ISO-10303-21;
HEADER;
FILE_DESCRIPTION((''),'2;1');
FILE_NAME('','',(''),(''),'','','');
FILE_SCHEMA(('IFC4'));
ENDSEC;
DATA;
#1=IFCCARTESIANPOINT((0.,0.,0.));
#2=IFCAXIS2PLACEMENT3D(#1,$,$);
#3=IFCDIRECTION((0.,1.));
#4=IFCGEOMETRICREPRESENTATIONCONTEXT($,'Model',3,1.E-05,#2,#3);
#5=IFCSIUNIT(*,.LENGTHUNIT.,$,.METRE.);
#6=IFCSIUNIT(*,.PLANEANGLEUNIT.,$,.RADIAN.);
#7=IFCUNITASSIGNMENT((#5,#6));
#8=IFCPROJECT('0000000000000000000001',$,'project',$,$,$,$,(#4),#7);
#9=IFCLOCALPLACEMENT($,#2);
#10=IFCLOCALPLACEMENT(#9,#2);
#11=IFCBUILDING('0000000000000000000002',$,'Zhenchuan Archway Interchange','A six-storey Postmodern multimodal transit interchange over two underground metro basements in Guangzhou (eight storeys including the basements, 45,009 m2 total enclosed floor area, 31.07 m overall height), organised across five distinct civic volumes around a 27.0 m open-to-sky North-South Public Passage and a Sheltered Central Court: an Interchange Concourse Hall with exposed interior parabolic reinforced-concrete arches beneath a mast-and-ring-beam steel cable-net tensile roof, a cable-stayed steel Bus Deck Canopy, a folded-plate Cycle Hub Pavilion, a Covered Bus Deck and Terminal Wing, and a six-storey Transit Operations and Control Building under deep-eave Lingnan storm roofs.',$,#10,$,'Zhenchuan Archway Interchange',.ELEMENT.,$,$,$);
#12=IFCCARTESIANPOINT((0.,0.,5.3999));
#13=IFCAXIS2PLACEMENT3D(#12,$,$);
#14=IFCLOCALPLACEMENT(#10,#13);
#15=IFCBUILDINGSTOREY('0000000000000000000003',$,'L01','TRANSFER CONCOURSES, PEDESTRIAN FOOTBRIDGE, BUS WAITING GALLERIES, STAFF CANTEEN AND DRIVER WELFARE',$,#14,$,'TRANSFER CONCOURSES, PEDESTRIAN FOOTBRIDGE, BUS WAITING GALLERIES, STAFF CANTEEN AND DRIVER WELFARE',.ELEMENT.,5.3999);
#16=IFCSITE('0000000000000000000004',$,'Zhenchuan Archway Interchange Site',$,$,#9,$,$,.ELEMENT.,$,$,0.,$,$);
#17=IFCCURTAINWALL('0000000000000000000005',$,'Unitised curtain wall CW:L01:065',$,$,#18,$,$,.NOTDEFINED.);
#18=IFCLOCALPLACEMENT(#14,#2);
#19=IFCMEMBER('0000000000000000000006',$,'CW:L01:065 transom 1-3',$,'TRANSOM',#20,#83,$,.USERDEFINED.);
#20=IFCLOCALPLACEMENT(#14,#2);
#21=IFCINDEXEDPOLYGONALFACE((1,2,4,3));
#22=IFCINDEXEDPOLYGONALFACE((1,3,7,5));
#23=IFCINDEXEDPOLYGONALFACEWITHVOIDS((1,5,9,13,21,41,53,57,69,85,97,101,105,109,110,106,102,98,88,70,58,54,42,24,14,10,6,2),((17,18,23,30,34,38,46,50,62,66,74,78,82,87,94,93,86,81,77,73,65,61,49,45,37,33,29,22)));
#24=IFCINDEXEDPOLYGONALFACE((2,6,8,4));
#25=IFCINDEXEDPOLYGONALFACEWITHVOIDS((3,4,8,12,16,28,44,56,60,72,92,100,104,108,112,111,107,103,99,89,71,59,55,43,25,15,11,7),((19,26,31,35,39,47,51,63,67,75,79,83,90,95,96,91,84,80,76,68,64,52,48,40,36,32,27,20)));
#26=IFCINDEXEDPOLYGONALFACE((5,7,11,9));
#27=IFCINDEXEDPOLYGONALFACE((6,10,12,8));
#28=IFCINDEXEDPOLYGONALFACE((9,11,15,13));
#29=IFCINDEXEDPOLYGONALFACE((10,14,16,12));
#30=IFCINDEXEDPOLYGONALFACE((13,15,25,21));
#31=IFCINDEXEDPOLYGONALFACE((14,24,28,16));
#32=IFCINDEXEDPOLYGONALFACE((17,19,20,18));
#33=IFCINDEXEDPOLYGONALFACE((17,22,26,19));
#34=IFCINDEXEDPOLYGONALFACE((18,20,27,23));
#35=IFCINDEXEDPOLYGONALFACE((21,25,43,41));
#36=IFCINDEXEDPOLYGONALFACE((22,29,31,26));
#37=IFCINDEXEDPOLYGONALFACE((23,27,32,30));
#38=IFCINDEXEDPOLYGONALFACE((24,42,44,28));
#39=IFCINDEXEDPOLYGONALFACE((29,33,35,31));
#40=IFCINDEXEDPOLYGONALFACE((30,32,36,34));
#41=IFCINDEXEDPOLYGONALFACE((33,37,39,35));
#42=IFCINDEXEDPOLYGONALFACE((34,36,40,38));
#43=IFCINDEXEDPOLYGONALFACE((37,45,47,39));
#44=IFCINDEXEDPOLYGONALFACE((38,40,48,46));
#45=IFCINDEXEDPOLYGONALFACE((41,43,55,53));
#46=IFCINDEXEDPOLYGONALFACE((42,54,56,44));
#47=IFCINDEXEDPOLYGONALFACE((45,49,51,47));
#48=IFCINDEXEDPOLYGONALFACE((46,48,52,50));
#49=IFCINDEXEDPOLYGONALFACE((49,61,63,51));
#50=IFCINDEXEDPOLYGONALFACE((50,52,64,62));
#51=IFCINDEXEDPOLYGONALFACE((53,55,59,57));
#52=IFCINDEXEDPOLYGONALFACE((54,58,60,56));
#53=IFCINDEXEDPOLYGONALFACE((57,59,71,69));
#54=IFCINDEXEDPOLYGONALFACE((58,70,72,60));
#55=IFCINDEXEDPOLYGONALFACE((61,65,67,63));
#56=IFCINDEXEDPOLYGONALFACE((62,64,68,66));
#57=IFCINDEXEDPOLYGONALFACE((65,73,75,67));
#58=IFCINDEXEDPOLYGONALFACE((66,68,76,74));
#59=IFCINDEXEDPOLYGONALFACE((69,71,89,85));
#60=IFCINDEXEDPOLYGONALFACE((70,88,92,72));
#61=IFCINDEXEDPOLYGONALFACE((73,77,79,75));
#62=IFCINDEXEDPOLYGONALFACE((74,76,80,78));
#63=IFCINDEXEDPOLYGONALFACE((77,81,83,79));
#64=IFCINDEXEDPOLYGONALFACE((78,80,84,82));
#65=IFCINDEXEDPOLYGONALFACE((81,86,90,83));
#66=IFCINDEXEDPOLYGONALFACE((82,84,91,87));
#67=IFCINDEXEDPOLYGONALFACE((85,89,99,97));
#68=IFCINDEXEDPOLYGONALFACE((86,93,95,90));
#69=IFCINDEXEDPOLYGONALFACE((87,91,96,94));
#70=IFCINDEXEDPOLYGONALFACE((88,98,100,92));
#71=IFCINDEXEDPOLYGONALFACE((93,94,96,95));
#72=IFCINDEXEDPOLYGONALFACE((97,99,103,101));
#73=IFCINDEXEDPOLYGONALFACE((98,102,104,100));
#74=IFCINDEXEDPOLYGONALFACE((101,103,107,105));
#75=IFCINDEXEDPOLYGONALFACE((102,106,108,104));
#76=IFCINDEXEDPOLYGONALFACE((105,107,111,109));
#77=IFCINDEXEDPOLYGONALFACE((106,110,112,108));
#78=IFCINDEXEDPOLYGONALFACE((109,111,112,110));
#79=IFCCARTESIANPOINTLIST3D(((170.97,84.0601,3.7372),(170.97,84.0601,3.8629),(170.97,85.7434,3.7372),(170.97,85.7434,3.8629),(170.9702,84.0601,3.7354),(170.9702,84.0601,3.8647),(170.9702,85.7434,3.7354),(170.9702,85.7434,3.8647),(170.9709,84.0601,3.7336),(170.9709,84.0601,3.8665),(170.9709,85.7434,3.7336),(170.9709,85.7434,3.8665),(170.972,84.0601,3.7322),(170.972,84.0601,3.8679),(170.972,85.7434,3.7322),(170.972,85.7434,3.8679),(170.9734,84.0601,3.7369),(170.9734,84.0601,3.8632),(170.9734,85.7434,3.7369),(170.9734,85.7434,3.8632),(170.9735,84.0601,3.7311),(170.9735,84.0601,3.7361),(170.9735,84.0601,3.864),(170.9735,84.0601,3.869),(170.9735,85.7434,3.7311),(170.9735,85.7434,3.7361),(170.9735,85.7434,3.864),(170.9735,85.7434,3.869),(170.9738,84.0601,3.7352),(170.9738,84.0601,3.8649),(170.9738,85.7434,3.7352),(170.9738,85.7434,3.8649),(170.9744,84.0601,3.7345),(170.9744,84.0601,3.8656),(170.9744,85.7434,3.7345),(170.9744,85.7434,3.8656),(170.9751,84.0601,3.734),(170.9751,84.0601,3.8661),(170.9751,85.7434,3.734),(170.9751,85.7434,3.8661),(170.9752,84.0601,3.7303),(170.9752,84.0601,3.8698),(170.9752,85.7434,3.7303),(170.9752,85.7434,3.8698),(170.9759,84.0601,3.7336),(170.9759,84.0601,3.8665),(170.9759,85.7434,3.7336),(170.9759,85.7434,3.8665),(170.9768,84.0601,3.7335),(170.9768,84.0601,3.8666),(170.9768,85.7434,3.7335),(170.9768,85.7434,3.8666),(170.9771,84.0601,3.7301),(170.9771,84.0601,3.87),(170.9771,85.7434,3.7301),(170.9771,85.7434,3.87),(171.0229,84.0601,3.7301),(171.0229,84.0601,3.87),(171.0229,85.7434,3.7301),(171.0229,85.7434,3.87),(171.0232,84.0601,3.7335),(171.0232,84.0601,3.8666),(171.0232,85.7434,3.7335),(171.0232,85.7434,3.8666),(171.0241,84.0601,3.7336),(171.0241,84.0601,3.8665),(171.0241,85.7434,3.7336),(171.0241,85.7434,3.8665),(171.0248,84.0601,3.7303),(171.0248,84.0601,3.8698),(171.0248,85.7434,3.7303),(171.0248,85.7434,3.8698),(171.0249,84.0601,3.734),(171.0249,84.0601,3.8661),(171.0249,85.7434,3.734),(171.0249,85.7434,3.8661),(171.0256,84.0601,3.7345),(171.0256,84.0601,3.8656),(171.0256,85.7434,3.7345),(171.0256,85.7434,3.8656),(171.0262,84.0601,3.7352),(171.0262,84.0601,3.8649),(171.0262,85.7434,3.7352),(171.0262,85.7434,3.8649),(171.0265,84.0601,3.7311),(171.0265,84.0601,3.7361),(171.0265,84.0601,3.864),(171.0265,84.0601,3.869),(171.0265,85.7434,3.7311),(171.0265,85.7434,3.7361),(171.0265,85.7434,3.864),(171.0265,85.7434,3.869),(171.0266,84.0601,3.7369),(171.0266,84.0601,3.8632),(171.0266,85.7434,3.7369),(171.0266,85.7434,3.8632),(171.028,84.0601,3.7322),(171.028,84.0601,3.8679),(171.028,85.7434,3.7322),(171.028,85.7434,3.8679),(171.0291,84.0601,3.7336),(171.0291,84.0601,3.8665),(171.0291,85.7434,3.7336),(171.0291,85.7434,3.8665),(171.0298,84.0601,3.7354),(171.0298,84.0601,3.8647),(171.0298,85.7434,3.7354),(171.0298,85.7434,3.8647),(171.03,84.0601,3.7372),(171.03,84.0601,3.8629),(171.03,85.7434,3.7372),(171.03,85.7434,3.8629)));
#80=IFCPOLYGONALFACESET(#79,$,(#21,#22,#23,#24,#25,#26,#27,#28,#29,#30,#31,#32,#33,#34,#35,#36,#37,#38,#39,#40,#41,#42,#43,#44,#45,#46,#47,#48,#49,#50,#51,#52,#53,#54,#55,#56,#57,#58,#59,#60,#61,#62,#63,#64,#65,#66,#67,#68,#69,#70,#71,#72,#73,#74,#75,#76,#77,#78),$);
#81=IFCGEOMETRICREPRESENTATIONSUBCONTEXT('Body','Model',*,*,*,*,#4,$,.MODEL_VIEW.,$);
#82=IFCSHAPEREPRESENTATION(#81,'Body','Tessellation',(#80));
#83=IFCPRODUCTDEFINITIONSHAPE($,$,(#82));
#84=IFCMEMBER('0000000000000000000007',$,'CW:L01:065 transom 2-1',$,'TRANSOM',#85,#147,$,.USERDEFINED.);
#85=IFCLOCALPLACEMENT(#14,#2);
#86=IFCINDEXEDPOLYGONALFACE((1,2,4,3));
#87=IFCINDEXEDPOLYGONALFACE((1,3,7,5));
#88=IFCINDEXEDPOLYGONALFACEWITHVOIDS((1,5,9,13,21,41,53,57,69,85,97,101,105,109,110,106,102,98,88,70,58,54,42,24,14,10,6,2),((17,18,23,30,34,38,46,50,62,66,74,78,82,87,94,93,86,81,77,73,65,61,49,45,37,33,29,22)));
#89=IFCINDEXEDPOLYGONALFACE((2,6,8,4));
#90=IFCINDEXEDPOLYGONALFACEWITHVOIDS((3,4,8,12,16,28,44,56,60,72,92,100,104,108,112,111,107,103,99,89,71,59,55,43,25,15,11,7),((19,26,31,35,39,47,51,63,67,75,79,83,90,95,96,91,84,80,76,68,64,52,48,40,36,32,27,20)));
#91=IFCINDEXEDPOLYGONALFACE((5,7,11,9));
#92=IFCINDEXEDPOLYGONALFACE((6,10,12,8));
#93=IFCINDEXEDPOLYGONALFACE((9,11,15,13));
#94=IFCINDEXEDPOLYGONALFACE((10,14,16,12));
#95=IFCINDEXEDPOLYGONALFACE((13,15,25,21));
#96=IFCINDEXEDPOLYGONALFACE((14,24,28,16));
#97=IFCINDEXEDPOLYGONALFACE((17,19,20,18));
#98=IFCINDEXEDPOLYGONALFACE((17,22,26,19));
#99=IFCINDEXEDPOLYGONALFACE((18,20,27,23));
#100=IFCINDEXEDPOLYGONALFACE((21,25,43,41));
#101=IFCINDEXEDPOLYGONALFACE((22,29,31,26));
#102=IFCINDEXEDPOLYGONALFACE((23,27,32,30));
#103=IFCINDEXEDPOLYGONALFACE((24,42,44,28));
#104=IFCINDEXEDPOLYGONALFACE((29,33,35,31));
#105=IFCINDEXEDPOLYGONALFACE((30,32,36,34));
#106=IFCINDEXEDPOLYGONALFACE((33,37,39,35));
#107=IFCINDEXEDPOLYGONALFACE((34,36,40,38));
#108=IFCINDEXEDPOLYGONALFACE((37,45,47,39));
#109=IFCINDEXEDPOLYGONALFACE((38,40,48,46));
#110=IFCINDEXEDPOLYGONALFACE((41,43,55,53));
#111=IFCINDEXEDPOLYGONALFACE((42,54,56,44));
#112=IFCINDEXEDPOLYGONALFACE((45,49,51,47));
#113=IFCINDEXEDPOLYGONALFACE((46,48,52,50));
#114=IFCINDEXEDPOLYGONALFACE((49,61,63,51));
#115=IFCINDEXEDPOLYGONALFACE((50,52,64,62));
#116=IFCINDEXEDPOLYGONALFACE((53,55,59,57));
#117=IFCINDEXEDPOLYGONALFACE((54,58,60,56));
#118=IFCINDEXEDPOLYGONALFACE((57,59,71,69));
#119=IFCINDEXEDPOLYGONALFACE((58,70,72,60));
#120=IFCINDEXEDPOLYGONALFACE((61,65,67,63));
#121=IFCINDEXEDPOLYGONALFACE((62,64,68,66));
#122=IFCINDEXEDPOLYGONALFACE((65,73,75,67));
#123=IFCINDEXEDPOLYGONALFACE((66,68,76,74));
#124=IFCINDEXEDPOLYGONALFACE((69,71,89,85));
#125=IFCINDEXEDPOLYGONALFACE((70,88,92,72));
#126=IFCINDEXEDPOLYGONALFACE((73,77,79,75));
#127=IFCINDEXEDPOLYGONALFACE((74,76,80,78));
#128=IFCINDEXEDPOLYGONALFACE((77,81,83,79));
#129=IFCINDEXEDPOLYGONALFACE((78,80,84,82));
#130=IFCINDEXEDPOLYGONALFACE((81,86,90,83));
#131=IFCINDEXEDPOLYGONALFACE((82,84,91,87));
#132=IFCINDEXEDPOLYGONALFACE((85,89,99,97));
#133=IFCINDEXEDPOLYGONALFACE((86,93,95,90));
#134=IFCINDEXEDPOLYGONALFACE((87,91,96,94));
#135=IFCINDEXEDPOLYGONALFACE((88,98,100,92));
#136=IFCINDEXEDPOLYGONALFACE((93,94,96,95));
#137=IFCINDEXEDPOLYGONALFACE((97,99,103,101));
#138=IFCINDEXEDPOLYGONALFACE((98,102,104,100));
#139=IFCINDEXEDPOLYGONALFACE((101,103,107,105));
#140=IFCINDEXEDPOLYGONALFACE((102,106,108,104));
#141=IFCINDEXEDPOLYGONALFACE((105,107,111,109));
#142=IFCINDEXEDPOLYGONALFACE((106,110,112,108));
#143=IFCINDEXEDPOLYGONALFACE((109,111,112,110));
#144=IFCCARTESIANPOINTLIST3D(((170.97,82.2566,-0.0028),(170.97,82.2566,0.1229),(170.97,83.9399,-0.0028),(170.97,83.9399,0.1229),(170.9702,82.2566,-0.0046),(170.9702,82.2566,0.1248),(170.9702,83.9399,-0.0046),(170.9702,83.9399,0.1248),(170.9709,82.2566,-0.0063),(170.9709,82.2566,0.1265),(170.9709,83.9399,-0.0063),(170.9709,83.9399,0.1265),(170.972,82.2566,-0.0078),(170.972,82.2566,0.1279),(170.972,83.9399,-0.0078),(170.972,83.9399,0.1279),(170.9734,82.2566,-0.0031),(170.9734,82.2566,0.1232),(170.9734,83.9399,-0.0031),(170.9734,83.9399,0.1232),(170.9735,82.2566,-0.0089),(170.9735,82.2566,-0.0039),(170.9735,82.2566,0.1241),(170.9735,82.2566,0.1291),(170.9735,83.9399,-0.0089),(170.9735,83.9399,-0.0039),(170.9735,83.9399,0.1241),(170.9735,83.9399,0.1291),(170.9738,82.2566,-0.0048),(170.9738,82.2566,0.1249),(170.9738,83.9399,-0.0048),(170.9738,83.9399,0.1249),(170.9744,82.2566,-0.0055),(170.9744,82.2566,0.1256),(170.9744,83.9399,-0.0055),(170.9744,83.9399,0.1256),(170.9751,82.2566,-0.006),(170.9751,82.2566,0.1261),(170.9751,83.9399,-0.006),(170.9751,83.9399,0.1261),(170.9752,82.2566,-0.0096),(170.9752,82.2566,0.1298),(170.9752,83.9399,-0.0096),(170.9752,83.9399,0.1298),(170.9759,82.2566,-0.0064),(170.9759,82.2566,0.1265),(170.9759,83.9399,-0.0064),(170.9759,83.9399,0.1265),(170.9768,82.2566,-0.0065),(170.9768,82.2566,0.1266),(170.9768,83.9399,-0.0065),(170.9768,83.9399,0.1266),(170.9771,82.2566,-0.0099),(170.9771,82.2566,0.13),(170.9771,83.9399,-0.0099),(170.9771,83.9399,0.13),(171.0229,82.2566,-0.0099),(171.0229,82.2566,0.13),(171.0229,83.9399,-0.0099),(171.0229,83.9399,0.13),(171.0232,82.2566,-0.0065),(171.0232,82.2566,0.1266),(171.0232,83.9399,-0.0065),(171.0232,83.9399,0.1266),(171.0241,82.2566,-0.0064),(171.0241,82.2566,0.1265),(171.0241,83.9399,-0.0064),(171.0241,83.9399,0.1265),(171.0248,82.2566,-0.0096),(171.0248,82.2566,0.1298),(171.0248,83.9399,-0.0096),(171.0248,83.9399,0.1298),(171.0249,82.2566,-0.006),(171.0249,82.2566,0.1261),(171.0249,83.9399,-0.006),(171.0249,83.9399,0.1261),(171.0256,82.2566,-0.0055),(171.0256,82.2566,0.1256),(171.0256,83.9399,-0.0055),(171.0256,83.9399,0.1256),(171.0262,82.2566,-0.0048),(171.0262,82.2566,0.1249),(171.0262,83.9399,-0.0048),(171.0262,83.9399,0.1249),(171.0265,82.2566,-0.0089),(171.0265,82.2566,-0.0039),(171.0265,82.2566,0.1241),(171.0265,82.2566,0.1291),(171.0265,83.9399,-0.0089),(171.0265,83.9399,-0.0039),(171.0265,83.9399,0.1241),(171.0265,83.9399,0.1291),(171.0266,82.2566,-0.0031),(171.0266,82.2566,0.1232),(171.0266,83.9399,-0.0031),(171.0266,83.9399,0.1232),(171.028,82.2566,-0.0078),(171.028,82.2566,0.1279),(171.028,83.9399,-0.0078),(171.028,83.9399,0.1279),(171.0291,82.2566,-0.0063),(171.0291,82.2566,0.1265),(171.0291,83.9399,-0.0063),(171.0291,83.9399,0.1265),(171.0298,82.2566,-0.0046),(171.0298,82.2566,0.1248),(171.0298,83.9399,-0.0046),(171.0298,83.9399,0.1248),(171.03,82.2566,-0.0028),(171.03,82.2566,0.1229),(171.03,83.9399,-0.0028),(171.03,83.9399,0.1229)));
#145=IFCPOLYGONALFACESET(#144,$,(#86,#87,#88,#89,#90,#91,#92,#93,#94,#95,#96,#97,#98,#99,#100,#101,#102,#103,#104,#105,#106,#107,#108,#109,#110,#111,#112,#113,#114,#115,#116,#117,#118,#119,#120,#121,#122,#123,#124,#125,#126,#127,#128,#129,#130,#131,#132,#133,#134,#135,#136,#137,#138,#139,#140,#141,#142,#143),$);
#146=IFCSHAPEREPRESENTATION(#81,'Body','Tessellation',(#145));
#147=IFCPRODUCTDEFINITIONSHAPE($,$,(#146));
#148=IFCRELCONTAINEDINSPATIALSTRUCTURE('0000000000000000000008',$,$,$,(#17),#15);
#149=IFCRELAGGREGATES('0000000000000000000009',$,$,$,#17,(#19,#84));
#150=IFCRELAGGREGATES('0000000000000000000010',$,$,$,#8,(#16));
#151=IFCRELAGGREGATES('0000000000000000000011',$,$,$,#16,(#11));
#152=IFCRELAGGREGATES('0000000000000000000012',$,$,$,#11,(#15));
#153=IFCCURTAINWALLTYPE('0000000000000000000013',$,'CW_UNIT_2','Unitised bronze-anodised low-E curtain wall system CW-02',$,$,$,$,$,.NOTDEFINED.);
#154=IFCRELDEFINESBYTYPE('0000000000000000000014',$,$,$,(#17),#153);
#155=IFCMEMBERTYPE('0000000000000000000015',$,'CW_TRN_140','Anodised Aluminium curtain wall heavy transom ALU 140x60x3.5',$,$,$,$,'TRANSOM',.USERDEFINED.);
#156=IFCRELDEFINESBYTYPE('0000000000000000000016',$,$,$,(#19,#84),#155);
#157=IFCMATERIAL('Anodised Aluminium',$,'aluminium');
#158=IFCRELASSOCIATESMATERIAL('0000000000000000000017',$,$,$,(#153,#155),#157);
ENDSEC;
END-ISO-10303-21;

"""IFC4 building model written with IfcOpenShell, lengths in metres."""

from ifc_helpers import new_model, si_unit, direction, frame, origin, origin_2d, place, context, subcontext, project, spatial, hollow_rectangle, extrude, material, material_profile, profile_set, type_object, element, aggregate, save


model = new_model("IFC4")

# Units and contexts
model_context = context("Model", 3, precision=1e-05, world=origin(), true_north=direction((0.0, 1.0)))
body_context = subcontext(model_context, "Body", "Model", "MODEL_VIEW")
ifc_project = project(units=[si_unit("LENGTHUNIT", "METRE"), si_unit("PLANEANGLEUNIT", "RADIAN")], contexts=[model_context])

# Site, building, storey
site_placement = place(None, origin())
site = spatial("IfcSite", under=ifc_project, at=site_placement, Name="Zhenchuan Archway Interchange Site", CompositionType="ELEMENT", RefElevation=0.0)
building_placement = place(site_placement, origin())
building = spatial("IfcBuilding", under=site, at=building_placement, Name="Zhenchuan Archway Interchange", Description="A six-storey Postmodern multimodal transit interchange over two underground metro basements in Guangzhou (eight storeys including the basements, 45,009 m2 total enclosed floor area, 31.07 m overall height), organised across five distinct civic volumes around a 27.0 m open-to-sky North-South Public Passage and a Sheltered Central Court: an Interchange Concourse Hall with exposed interior parabolic reinforced-concrete arches beneath a mast-and-ring-beam steel cable-net tensile roof, a cable-stayed steel Bus Deck Canopy, a folded-plate Cycle Hub Pavilion, a Covered Bus Deck and Terminal Wing, and a six-storey Transit Operations and Control Building under deep-eave Lingnan storm roofs.", LongName="Zhenchuan Archway Interchange", CompositionType="ELEMENT")
storey_placement = place(building_placement, frame((0.0, 0.0, 5.3999)))
storey = spatial("IfcBuildingStorey", under=building, at=storey_placement, Name="L01", Description="TRANSFER CONCOURSES, PEDESTRIAN FOOTBRIDGE, BUS WAITING GALLERIES, STAFF CANTEEN AND DRIVER WELFARE", LongName="TRANSFER CONCOURSES, PEDESTRIAN FOOTBRIDGE, BUS WAITING GALLERIES, STAFF CANTEEN AND DRIVER WELFARE", CompositionType="ELEMENT", Elevation=5.3999)

# Curtain wall, members
ifc_material_1 = material(Name="Anodised Aluminium", Category="aluminium")
curtain_wall_type = type_object("IfcCurtainWallType", Name="CW_UNIT_2", Description="Unitised bronze-anodised low-E curtain wall system CW-02", PredefinedType="NOTDEFINED", material=ifc_material_1)
curtain_wall_placement = place(storey_placement, origin())
curtain_wall = element("IfcCurtainWall", 1, at=curtain_wall_placement, inside=storey, type_object=curtain_wall_type, Name="Unitised curtain wall CW:L01:065", PredefinedType="NOTDEFINED")
ifc_material_profile_1 = material_profile(ifc_material_1, hollow_rectangle(XDim=0.0601, YDim=0.1399, WallThickness=0.0034, InnerFilletRadius=0.0034, OuterFilletRadius=0.0071, at=origin_2d()), Name="ALU 140x60x3.5")
ifc_profile_set_1 = profile_set([ifc_material_profile_1], Name="Anodised Aluminium")
member_type_1 = type_object("IfcMemberType", Name="CW_TRN_140", Description="Anodised Aluminium curtain wall heavy transom ALU 140x60x3.5", ElementType="TRANSOM", PredefinedType="USERDEFINED", material=ifc_profile_set_1)
member_1_placement = place(storey_placement, frame((171.0, 85.7434, 3.8), z_axis=(0.0, -1.0, 0.0), x_axis=(1.0, 0.0, 0.0)))
member_1 = element("IfcMember", 2, at=member_1_placement, type_object=member_type_1, Name="CW:L01:065 transom 1-3", ObjectType="TRANSOM", PredefinedType="USERDEFINED", context=body_context, shape_type="SweptSolid", body=[
    extrude(hollow_rectangle(XDim=0.0601, YDim=0.1399, WallThickness=0.0034, InnerFilletRadius=0.0034, OuterFilletRadius=0.0071, at=origin_2d()), origin(), (0.0, 0.0, 1.0), 1.6833),
])
member_2_placement = place(storey_placement, frame((171.0, 83.9399, 0.0601), z_axis=(0.0, -1.0, 0.0), x_axis=(1.0, 0.0, 0.0)))
member_2 = element("IfcMember", 3, at=member_2_placement, type_object=member_type_1, Name="CW:L01:065 transom 2-1", ObjectType="TRANSOM", PredefinedType="USERDEFINED", context=body_context, shape_type="SweptSolid", body=[
    extrude(hollow_rectangle(XDim=0.0601, YDim=0.1399, WallThickness=0.0034, InnerFilletRadius=0.0034, OuterFilletRadius=0.0071, at=origin_2d()), origin(), (0.0, 0.0, 1.0), 1.6833),
])

aggregate(curtain_wall, [member_1, member_2])

save(model, "model.ifc")
